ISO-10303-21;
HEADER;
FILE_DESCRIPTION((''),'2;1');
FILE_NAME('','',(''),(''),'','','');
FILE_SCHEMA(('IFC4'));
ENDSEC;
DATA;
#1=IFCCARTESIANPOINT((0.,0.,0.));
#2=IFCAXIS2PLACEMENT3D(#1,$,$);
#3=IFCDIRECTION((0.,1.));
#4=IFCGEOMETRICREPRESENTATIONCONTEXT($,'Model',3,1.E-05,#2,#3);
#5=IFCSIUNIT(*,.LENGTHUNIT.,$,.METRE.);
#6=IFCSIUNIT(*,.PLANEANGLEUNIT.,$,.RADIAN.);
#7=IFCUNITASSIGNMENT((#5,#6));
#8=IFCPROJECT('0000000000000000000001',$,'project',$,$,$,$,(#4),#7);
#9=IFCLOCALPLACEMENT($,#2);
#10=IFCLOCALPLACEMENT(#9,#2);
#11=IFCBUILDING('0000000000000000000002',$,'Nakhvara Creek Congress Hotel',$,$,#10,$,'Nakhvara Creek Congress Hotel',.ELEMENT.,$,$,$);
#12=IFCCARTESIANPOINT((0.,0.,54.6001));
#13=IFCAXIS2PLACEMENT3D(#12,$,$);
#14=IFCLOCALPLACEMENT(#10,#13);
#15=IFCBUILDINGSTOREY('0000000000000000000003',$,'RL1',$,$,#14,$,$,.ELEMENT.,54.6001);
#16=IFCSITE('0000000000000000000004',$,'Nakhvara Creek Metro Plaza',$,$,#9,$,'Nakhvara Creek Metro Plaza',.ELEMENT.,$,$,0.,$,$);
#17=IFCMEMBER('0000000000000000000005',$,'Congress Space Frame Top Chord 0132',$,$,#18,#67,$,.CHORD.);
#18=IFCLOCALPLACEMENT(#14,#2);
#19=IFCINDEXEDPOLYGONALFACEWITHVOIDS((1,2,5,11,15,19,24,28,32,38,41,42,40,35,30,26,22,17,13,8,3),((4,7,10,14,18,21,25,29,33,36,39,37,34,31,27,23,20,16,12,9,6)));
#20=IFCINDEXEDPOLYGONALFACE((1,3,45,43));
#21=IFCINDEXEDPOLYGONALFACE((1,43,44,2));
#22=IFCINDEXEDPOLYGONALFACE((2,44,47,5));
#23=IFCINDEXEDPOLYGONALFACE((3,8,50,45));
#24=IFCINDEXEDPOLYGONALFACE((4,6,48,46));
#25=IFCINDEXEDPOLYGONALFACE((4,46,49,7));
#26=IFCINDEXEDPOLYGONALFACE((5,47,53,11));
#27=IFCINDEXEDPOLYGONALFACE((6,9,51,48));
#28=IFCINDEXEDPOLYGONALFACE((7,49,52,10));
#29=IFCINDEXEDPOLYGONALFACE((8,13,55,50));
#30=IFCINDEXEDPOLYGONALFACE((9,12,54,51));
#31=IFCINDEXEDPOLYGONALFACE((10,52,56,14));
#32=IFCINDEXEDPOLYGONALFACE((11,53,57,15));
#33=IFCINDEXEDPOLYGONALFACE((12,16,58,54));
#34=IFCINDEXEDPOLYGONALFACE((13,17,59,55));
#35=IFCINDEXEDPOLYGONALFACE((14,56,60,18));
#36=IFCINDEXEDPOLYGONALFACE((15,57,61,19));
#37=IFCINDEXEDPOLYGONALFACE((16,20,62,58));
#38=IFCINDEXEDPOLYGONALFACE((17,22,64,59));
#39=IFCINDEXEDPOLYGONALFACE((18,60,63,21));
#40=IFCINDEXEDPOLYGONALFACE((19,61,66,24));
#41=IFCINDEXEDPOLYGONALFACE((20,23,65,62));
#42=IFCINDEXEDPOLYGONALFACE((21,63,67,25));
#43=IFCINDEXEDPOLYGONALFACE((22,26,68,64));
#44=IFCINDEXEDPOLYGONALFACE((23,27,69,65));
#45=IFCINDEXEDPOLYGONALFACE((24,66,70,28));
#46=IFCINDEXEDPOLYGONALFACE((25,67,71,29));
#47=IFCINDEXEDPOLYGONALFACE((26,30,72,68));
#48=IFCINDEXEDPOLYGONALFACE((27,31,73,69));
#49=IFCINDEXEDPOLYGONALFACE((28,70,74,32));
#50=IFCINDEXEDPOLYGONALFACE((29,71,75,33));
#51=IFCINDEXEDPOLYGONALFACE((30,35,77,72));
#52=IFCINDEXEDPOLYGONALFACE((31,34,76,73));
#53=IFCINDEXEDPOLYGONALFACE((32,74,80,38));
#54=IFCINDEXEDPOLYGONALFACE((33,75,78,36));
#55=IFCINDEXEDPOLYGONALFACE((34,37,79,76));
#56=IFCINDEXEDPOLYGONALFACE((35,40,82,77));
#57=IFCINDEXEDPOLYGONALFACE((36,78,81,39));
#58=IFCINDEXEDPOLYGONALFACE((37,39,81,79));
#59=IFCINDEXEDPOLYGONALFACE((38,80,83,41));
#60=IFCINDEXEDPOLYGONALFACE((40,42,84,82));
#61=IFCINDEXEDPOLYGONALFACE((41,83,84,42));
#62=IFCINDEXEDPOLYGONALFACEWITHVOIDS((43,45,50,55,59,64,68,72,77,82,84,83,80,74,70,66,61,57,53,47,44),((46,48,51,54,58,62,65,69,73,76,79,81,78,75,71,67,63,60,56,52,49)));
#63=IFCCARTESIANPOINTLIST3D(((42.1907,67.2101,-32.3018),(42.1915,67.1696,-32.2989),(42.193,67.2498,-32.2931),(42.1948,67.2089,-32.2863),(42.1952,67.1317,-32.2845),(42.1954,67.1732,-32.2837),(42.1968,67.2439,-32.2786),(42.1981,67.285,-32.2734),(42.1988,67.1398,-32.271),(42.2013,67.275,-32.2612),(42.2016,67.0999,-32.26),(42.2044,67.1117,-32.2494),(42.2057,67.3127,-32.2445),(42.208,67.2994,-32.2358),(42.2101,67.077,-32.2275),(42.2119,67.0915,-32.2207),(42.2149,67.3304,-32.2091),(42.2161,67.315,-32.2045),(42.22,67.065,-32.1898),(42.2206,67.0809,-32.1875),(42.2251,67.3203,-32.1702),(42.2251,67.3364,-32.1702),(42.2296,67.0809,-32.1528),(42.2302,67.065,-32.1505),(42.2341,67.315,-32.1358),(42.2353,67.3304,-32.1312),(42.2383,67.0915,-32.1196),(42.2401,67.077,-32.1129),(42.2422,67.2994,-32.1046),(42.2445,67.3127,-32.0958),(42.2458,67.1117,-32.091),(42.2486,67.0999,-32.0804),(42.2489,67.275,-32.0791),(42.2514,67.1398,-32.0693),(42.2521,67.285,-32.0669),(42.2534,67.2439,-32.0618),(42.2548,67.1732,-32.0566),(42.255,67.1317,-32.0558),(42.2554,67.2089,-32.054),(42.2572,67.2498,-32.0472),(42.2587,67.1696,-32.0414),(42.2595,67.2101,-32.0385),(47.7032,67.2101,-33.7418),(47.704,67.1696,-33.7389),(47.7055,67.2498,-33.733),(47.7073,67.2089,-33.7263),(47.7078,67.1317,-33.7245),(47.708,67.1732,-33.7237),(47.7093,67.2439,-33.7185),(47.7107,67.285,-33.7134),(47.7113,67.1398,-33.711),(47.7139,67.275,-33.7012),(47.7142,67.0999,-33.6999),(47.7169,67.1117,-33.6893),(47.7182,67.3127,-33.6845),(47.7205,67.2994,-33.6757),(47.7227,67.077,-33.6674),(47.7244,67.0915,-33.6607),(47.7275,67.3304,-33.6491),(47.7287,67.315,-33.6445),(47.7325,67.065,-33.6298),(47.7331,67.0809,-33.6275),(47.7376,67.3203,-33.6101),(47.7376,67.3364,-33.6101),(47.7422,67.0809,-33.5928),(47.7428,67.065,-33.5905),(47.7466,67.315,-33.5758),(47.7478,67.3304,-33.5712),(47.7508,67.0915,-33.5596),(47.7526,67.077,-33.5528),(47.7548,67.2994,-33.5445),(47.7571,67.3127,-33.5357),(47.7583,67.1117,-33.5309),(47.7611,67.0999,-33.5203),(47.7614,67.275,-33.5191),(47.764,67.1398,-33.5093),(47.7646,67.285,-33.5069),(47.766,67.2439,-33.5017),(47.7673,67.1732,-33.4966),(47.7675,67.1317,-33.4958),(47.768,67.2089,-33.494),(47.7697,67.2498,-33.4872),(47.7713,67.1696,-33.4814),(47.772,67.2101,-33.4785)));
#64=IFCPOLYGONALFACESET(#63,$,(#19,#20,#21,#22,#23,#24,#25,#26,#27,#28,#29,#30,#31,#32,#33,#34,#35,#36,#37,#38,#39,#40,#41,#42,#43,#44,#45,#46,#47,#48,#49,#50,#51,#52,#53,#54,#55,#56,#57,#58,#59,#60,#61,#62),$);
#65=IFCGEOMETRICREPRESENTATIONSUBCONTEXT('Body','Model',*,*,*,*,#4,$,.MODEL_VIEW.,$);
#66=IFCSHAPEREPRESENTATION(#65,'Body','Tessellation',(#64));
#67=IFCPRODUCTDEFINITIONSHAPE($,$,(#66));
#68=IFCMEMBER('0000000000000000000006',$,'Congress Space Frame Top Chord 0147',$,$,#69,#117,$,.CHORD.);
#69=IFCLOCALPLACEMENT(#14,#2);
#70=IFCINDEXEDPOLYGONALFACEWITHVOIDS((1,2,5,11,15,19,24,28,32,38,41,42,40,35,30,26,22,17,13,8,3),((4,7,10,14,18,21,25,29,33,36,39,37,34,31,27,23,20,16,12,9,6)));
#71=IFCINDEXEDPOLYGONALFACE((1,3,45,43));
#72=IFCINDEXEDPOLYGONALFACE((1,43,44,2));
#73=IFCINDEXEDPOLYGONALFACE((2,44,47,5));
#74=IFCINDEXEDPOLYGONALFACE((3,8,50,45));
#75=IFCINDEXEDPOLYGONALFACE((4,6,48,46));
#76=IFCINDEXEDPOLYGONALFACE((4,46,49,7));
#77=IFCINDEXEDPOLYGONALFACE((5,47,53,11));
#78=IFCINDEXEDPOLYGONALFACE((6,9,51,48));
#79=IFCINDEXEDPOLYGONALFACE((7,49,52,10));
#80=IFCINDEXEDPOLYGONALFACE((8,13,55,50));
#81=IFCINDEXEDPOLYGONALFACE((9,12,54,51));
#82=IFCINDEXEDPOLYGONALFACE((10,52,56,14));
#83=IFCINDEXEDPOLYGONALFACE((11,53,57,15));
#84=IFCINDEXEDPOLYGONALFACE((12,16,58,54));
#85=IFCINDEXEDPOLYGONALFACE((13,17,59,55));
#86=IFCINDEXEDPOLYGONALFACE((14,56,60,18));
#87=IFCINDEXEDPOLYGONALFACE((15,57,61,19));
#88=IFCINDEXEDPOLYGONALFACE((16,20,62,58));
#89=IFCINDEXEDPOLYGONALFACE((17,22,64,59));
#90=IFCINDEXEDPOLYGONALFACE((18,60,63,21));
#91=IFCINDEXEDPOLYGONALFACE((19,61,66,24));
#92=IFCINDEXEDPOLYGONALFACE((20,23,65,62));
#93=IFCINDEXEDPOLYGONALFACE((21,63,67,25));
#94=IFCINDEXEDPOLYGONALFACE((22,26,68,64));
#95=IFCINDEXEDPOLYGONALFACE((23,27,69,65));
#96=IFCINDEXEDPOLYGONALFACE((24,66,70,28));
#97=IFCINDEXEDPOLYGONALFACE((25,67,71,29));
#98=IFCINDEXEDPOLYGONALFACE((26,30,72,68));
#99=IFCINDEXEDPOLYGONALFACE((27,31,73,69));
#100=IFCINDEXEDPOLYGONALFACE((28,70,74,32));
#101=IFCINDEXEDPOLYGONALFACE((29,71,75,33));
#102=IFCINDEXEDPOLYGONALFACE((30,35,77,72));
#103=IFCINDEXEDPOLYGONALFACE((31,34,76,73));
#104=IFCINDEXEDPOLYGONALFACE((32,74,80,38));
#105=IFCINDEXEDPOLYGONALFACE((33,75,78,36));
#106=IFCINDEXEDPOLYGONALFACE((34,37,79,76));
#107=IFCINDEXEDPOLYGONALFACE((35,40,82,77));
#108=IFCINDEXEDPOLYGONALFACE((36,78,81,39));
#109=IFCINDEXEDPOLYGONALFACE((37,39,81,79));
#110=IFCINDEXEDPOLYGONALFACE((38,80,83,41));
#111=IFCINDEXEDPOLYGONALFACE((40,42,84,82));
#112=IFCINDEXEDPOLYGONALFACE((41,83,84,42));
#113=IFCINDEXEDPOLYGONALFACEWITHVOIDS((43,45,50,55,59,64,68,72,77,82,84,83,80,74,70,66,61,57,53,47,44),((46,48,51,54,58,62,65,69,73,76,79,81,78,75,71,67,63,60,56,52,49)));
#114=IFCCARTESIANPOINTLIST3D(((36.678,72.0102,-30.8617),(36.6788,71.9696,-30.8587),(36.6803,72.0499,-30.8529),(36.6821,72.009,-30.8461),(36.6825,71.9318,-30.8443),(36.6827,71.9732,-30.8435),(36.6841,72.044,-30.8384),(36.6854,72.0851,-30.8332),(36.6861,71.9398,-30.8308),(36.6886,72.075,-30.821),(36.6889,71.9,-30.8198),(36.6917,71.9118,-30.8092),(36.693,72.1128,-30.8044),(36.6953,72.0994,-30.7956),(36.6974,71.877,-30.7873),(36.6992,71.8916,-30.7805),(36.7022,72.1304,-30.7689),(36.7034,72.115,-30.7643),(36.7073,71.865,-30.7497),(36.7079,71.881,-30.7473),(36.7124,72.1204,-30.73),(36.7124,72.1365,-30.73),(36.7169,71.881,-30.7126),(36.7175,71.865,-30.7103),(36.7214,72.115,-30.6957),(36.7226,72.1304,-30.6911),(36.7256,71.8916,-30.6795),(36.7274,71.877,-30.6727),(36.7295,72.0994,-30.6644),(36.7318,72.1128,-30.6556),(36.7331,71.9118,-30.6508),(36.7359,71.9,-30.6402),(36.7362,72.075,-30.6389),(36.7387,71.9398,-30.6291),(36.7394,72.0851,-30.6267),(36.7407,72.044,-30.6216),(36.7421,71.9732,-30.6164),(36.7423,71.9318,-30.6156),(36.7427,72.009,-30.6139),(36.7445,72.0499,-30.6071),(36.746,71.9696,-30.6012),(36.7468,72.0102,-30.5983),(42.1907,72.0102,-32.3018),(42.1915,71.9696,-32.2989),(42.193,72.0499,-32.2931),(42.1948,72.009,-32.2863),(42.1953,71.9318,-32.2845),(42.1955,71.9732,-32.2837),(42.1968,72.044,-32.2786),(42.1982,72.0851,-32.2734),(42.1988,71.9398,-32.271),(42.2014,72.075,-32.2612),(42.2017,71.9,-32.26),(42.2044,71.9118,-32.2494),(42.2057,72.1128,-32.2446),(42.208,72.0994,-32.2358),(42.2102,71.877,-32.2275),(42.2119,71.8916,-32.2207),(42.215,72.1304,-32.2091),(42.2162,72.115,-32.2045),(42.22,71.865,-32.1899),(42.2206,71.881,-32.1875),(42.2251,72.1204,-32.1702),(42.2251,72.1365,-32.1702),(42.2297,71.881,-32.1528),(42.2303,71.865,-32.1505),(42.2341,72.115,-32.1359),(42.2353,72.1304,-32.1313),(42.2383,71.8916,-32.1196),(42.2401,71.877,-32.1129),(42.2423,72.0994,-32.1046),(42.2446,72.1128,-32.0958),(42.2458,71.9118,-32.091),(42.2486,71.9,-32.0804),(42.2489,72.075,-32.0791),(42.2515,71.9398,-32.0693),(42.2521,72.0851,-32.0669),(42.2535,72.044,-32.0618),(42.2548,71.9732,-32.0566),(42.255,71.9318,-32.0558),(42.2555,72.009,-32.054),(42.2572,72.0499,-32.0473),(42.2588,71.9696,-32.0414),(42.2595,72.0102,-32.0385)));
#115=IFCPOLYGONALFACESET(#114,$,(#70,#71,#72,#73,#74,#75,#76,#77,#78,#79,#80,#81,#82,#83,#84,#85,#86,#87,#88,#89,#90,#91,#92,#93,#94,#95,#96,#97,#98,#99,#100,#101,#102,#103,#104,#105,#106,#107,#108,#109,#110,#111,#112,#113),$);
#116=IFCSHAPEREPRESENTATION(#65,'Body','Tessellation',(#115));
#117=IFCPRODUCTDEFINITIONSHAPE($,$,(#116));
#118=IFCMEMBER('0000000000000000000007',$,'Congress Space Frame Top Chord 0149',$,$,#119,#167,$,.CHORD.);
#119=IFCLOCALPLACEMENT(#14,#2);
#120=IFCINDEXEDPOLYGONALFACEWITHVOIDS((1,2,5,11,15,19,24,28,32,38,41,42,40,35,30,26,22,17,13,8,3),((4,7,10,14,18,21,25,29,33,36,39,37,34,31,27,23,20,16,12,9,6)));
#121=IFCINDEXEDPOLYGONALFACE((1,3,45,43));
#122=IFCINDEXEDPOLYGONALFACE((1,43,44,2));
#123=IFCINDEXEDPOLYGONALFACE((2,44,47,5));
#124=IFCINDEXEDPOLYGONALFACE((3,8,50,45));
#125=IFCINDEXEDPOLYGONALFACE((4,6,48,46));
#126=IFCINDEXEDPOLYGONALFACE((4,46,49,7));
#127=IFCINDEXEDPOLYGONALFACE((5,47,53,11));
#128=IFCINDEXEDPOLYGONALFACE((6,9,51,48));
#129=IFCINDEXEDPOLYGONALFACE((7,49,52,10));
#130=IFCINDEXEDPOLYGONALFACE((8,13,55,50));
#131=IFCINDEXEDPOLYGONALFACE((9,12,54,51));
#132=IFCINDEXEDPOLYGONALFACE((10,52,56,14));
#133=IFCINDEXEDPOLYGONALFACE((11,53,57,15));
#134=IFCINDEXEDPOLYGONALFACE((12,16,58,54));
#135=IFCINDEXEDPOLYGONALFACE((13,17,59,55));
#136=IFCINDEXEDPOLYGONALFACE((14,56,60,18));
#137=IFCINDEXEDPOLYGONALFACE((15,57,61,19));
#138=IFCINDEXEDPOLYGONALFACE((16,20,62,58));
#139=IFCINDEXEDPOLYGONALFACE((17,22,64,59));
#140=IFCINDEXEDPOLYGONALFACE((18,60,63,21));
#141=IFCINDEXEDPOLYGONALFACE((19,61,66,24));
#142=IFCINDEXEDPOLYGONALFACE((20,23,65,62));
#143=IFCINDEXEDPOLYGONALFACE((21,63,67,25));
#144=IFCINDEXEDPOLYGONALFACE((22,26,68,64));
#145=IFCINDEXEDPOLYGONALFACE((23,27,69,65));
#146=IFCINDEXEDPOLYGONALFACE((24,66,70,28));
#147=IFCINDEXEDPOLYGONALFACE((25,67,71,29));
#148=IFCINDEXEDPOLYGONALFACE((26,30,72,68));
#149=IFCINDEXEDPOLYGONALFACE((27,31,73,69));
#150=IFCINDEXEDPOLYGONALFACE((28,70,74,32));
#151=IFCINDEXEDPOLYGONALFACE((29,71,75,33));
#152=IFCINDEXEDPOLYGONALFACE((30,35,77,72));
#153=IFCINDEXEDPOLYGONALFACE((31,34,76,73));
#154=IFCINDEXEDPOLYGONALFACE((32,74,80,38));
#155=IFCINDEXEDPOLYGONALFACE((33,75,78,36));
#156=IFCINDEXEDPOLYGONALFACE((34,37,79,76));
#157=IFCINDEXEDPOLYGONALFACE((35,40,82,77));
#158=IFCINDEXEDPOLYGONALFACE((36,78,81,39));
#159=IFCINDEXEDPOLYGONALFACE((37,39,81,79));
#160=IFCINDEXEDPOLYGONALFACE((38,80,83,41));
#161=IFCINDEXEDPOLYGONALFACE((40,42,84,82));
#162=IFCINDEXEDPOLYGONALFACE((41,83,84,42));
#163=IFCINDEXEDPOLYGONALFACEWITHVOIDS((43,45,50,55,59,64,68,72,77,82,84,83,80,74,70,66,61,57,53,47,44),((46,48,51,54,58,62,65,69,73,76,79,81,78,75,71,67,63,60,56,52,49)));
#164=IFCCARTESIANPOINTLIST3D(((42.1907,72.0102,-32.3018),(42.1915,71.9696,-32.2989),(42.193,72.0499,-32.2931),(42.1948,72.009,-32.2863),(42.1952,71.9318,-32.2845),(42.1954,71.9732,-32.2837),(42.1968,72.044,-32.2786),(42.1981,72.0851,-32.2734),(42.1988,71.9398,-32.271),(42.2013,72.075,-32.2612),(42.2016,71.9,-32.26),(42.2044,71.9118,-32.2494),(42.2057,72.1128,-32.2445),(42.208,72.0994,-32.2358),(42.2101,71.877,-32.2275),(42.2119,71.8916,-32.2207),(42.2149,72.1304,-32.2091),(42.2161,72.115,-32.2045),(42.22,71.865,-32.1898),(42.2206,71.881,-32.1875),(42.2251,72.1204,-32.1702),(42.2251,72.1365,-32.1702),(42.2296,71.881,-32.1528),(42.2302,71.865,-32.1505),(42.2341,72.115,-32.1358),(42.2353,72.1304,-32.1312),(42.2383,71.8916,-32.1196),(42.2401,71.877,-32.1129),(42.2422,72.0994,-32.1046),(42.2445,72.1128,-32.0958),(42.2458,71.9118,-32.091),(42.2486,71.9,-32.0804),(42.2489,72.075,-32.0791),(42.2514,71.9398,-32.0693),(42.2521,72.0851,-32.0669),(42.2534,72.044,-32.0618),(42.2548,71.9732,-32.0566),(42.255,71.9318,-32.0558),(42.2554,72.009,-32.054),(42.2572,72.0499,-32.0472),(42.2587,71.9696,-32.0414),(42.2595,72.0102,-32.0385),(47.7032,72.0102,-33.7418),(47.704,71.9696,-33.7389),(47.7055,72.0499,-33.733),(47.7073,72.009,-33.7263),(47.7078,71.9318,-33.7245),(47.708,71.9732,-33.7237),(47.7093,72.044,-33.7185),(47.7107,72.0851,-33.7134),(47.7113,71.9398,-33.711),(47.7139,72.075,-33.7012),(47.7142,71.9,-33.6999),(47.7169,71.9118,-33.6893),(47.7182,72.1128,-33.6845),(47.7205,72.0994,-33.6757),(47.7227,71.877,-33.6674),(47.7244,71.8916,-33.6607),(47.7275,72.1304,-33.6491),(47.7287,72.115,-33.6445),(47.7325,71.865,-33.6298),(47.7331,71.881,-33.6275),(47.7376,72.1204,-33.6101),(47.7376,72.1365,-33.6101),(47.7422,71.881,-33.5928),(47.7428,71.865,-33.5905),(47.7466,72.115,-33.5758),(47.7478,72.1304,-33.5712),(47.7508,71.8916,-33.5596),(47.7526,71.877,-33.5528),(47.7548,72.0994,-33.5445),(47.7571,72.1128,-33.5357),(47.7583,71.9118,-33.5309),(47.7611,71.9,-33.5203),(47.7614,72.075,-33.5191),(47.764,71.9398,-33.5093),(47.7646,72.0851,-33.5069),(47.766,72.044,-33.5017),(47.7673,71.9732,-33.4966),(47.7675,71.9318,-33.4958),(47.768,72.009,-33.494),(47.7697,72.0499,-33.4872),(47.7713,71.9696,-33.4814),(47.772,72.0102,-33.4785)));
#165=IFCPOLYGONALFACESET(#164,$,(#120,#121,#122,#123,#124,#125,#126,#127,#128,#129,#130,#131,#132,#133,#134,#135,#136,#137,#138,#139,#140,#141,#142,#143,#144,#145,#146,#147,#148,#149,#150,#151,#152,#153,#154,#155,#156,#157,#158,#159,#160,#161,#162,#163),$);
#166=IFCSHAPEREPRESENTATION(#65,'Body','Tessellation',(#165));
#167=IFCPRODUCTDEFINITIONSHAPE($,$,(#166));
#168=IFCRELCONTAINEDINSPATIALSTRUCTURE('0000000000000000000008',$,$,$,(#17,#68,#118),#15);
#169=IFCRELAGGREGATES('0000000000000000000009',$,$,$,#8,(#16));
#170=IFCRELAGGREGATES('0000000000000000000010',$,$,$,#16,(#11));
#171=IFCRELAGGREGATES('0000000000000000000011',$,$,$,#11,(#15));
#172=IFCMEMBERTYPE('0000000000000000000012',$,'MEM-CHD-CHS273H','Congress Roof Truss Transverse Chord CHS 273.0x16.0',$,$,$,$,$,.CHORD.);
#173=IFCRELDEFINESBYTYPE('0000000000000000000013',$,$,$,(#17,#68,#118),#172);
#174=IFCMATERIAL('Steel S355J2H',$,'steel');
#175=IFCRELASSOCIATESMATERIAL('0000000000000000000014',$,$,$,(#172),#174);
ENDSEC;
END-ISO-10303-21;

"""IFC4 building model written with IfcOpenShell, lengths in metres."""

from ifc_helpers import new_model, si_unit, direction, frame, origin, origin_2d, place, context, subcontext, project, spatial, hollow_circle, extrude, material, material_profile, profile_set, type_object, element, save


model = new_model("IFC4")

# Units and contexts
model_context = context("Model", 3, precision=1e-05, world=origin(), true_north=direction((0.0, 1.0)))
body_context = subcontext(model_context, "Body", "Model", "MODEL_VIEW")
ifc_project = project(units=[si_unit("LENGTHUNIT", "METRE"), si_unit("PLANEANGLEUNIT", "RADIAN")], contexts=[model_context])

# Site, building, storey
site_placement = place(None, origin())
site = spatial("IfcSite", under=ifc_project, at=site_placement, Name="Nakhvara Creek Metro Plaza", LongName="Nakhvara Creek Metro Plaza", CompositionType="ELEMENT", RefElevation=0.0)
building_placement = place(site_placement, origin())
building = spatial("IfcBuilding", under=site, at=building_placement, Name="Nakhvara Creek Congress Hotel", LongName="Nakhvara Creek Congress Hotel", CompositionType="ELEMENT")
storey_placement = place(building_placement, frame((0.0, 0.0, 54.6001)))
storey = spatial("IfcBuildingStorey", under=building, at=storey_placement, Name="RL1", CompositionType="ELEMENT", Elevation=54.6001)

# Members
ifc_material_1 = material(Name="Steel S355J2H", Category="steel")
ifc_material_profile_1 = material_profile(ifc_material_1, hollow_circle(Radius=0.1365, WallThickness=0.0161, at=origin_2d()), Name="CHS 273.0x16.0", Category="LoadBearing")
ifc_profile_set_1 = profile_set([ifc_material_profile_1], Name="Steel S355J2H")
member_type_1 = type_object("IfcMemberType", Name="MEM-CHD-CHS273H", Description="Congress Roof Truss Transverse Chord CHS 273.0x16.0", PredefinedType="CHORD", material=ifc_profile_set_1)
member_1_placement = place(storey_placement, frame((42.2251, 67.2, -32.1702), z_axis=(0.967535, 0.0, -0.252736), x_axis=(0.0, 1.0, 0.0)))
element("IfcMember", 1, at=member_1_placement, inside=storey, type_object=member_type_1, Name="Congress Space Frame Top Chord 0132", PredefinedType="CHORD", context=body_context, shape_type="SweptSolid", body=[
    extrude(hollow_circle(Radius=0.1365, WallThickness=0.0161, at=origin_2d()), origin(), (0.0, 0.0, 1.0), 5.6975),
])
member_2_placement = place(storey_placement, frame((36.7124, 72.0, -30.73), z_axis=(0.967528, 0.0, -0.252766), x_axis=(0.0, 1.0, 0.0)))
element("IfcMember", 2, at=member_2_placement, inside=storey, type_object=member_type_1, Name="Congress Space Frame Top Chord 0147", PredefinedType="CHORD", context=body_context, shape_type="SweptSolid", body=[
    extrude(hollow_circle(Radius=0.1365, WallThickness=0.0161, at=origin_2d()), origin(), (0.0, 0.0, 1.0), 5.6978),
])
member_3_placement = place(storey_placement, frame((42.2251, 72.0, -32.1702), z_axis=(0.967535, 0.0, -0.252736), x_axis=(0.0, 1.0, 0.0)))
element("IfcMember", 3, at=member_3_placement, inside=storey, type_object=member_type_1, Name="Congress Space Frame Top Chord 0149", PredefinedType="CHORD", context=body_context, shape_type="SweptSolid", body=[
    extrude(hollow_circle(Radius=0.1365, WallThickness=0.0161, at=origin_2d()), origin(), (0.0, 0.0, 1.0), 5.6975),
])

save(model, "model.ifc")
